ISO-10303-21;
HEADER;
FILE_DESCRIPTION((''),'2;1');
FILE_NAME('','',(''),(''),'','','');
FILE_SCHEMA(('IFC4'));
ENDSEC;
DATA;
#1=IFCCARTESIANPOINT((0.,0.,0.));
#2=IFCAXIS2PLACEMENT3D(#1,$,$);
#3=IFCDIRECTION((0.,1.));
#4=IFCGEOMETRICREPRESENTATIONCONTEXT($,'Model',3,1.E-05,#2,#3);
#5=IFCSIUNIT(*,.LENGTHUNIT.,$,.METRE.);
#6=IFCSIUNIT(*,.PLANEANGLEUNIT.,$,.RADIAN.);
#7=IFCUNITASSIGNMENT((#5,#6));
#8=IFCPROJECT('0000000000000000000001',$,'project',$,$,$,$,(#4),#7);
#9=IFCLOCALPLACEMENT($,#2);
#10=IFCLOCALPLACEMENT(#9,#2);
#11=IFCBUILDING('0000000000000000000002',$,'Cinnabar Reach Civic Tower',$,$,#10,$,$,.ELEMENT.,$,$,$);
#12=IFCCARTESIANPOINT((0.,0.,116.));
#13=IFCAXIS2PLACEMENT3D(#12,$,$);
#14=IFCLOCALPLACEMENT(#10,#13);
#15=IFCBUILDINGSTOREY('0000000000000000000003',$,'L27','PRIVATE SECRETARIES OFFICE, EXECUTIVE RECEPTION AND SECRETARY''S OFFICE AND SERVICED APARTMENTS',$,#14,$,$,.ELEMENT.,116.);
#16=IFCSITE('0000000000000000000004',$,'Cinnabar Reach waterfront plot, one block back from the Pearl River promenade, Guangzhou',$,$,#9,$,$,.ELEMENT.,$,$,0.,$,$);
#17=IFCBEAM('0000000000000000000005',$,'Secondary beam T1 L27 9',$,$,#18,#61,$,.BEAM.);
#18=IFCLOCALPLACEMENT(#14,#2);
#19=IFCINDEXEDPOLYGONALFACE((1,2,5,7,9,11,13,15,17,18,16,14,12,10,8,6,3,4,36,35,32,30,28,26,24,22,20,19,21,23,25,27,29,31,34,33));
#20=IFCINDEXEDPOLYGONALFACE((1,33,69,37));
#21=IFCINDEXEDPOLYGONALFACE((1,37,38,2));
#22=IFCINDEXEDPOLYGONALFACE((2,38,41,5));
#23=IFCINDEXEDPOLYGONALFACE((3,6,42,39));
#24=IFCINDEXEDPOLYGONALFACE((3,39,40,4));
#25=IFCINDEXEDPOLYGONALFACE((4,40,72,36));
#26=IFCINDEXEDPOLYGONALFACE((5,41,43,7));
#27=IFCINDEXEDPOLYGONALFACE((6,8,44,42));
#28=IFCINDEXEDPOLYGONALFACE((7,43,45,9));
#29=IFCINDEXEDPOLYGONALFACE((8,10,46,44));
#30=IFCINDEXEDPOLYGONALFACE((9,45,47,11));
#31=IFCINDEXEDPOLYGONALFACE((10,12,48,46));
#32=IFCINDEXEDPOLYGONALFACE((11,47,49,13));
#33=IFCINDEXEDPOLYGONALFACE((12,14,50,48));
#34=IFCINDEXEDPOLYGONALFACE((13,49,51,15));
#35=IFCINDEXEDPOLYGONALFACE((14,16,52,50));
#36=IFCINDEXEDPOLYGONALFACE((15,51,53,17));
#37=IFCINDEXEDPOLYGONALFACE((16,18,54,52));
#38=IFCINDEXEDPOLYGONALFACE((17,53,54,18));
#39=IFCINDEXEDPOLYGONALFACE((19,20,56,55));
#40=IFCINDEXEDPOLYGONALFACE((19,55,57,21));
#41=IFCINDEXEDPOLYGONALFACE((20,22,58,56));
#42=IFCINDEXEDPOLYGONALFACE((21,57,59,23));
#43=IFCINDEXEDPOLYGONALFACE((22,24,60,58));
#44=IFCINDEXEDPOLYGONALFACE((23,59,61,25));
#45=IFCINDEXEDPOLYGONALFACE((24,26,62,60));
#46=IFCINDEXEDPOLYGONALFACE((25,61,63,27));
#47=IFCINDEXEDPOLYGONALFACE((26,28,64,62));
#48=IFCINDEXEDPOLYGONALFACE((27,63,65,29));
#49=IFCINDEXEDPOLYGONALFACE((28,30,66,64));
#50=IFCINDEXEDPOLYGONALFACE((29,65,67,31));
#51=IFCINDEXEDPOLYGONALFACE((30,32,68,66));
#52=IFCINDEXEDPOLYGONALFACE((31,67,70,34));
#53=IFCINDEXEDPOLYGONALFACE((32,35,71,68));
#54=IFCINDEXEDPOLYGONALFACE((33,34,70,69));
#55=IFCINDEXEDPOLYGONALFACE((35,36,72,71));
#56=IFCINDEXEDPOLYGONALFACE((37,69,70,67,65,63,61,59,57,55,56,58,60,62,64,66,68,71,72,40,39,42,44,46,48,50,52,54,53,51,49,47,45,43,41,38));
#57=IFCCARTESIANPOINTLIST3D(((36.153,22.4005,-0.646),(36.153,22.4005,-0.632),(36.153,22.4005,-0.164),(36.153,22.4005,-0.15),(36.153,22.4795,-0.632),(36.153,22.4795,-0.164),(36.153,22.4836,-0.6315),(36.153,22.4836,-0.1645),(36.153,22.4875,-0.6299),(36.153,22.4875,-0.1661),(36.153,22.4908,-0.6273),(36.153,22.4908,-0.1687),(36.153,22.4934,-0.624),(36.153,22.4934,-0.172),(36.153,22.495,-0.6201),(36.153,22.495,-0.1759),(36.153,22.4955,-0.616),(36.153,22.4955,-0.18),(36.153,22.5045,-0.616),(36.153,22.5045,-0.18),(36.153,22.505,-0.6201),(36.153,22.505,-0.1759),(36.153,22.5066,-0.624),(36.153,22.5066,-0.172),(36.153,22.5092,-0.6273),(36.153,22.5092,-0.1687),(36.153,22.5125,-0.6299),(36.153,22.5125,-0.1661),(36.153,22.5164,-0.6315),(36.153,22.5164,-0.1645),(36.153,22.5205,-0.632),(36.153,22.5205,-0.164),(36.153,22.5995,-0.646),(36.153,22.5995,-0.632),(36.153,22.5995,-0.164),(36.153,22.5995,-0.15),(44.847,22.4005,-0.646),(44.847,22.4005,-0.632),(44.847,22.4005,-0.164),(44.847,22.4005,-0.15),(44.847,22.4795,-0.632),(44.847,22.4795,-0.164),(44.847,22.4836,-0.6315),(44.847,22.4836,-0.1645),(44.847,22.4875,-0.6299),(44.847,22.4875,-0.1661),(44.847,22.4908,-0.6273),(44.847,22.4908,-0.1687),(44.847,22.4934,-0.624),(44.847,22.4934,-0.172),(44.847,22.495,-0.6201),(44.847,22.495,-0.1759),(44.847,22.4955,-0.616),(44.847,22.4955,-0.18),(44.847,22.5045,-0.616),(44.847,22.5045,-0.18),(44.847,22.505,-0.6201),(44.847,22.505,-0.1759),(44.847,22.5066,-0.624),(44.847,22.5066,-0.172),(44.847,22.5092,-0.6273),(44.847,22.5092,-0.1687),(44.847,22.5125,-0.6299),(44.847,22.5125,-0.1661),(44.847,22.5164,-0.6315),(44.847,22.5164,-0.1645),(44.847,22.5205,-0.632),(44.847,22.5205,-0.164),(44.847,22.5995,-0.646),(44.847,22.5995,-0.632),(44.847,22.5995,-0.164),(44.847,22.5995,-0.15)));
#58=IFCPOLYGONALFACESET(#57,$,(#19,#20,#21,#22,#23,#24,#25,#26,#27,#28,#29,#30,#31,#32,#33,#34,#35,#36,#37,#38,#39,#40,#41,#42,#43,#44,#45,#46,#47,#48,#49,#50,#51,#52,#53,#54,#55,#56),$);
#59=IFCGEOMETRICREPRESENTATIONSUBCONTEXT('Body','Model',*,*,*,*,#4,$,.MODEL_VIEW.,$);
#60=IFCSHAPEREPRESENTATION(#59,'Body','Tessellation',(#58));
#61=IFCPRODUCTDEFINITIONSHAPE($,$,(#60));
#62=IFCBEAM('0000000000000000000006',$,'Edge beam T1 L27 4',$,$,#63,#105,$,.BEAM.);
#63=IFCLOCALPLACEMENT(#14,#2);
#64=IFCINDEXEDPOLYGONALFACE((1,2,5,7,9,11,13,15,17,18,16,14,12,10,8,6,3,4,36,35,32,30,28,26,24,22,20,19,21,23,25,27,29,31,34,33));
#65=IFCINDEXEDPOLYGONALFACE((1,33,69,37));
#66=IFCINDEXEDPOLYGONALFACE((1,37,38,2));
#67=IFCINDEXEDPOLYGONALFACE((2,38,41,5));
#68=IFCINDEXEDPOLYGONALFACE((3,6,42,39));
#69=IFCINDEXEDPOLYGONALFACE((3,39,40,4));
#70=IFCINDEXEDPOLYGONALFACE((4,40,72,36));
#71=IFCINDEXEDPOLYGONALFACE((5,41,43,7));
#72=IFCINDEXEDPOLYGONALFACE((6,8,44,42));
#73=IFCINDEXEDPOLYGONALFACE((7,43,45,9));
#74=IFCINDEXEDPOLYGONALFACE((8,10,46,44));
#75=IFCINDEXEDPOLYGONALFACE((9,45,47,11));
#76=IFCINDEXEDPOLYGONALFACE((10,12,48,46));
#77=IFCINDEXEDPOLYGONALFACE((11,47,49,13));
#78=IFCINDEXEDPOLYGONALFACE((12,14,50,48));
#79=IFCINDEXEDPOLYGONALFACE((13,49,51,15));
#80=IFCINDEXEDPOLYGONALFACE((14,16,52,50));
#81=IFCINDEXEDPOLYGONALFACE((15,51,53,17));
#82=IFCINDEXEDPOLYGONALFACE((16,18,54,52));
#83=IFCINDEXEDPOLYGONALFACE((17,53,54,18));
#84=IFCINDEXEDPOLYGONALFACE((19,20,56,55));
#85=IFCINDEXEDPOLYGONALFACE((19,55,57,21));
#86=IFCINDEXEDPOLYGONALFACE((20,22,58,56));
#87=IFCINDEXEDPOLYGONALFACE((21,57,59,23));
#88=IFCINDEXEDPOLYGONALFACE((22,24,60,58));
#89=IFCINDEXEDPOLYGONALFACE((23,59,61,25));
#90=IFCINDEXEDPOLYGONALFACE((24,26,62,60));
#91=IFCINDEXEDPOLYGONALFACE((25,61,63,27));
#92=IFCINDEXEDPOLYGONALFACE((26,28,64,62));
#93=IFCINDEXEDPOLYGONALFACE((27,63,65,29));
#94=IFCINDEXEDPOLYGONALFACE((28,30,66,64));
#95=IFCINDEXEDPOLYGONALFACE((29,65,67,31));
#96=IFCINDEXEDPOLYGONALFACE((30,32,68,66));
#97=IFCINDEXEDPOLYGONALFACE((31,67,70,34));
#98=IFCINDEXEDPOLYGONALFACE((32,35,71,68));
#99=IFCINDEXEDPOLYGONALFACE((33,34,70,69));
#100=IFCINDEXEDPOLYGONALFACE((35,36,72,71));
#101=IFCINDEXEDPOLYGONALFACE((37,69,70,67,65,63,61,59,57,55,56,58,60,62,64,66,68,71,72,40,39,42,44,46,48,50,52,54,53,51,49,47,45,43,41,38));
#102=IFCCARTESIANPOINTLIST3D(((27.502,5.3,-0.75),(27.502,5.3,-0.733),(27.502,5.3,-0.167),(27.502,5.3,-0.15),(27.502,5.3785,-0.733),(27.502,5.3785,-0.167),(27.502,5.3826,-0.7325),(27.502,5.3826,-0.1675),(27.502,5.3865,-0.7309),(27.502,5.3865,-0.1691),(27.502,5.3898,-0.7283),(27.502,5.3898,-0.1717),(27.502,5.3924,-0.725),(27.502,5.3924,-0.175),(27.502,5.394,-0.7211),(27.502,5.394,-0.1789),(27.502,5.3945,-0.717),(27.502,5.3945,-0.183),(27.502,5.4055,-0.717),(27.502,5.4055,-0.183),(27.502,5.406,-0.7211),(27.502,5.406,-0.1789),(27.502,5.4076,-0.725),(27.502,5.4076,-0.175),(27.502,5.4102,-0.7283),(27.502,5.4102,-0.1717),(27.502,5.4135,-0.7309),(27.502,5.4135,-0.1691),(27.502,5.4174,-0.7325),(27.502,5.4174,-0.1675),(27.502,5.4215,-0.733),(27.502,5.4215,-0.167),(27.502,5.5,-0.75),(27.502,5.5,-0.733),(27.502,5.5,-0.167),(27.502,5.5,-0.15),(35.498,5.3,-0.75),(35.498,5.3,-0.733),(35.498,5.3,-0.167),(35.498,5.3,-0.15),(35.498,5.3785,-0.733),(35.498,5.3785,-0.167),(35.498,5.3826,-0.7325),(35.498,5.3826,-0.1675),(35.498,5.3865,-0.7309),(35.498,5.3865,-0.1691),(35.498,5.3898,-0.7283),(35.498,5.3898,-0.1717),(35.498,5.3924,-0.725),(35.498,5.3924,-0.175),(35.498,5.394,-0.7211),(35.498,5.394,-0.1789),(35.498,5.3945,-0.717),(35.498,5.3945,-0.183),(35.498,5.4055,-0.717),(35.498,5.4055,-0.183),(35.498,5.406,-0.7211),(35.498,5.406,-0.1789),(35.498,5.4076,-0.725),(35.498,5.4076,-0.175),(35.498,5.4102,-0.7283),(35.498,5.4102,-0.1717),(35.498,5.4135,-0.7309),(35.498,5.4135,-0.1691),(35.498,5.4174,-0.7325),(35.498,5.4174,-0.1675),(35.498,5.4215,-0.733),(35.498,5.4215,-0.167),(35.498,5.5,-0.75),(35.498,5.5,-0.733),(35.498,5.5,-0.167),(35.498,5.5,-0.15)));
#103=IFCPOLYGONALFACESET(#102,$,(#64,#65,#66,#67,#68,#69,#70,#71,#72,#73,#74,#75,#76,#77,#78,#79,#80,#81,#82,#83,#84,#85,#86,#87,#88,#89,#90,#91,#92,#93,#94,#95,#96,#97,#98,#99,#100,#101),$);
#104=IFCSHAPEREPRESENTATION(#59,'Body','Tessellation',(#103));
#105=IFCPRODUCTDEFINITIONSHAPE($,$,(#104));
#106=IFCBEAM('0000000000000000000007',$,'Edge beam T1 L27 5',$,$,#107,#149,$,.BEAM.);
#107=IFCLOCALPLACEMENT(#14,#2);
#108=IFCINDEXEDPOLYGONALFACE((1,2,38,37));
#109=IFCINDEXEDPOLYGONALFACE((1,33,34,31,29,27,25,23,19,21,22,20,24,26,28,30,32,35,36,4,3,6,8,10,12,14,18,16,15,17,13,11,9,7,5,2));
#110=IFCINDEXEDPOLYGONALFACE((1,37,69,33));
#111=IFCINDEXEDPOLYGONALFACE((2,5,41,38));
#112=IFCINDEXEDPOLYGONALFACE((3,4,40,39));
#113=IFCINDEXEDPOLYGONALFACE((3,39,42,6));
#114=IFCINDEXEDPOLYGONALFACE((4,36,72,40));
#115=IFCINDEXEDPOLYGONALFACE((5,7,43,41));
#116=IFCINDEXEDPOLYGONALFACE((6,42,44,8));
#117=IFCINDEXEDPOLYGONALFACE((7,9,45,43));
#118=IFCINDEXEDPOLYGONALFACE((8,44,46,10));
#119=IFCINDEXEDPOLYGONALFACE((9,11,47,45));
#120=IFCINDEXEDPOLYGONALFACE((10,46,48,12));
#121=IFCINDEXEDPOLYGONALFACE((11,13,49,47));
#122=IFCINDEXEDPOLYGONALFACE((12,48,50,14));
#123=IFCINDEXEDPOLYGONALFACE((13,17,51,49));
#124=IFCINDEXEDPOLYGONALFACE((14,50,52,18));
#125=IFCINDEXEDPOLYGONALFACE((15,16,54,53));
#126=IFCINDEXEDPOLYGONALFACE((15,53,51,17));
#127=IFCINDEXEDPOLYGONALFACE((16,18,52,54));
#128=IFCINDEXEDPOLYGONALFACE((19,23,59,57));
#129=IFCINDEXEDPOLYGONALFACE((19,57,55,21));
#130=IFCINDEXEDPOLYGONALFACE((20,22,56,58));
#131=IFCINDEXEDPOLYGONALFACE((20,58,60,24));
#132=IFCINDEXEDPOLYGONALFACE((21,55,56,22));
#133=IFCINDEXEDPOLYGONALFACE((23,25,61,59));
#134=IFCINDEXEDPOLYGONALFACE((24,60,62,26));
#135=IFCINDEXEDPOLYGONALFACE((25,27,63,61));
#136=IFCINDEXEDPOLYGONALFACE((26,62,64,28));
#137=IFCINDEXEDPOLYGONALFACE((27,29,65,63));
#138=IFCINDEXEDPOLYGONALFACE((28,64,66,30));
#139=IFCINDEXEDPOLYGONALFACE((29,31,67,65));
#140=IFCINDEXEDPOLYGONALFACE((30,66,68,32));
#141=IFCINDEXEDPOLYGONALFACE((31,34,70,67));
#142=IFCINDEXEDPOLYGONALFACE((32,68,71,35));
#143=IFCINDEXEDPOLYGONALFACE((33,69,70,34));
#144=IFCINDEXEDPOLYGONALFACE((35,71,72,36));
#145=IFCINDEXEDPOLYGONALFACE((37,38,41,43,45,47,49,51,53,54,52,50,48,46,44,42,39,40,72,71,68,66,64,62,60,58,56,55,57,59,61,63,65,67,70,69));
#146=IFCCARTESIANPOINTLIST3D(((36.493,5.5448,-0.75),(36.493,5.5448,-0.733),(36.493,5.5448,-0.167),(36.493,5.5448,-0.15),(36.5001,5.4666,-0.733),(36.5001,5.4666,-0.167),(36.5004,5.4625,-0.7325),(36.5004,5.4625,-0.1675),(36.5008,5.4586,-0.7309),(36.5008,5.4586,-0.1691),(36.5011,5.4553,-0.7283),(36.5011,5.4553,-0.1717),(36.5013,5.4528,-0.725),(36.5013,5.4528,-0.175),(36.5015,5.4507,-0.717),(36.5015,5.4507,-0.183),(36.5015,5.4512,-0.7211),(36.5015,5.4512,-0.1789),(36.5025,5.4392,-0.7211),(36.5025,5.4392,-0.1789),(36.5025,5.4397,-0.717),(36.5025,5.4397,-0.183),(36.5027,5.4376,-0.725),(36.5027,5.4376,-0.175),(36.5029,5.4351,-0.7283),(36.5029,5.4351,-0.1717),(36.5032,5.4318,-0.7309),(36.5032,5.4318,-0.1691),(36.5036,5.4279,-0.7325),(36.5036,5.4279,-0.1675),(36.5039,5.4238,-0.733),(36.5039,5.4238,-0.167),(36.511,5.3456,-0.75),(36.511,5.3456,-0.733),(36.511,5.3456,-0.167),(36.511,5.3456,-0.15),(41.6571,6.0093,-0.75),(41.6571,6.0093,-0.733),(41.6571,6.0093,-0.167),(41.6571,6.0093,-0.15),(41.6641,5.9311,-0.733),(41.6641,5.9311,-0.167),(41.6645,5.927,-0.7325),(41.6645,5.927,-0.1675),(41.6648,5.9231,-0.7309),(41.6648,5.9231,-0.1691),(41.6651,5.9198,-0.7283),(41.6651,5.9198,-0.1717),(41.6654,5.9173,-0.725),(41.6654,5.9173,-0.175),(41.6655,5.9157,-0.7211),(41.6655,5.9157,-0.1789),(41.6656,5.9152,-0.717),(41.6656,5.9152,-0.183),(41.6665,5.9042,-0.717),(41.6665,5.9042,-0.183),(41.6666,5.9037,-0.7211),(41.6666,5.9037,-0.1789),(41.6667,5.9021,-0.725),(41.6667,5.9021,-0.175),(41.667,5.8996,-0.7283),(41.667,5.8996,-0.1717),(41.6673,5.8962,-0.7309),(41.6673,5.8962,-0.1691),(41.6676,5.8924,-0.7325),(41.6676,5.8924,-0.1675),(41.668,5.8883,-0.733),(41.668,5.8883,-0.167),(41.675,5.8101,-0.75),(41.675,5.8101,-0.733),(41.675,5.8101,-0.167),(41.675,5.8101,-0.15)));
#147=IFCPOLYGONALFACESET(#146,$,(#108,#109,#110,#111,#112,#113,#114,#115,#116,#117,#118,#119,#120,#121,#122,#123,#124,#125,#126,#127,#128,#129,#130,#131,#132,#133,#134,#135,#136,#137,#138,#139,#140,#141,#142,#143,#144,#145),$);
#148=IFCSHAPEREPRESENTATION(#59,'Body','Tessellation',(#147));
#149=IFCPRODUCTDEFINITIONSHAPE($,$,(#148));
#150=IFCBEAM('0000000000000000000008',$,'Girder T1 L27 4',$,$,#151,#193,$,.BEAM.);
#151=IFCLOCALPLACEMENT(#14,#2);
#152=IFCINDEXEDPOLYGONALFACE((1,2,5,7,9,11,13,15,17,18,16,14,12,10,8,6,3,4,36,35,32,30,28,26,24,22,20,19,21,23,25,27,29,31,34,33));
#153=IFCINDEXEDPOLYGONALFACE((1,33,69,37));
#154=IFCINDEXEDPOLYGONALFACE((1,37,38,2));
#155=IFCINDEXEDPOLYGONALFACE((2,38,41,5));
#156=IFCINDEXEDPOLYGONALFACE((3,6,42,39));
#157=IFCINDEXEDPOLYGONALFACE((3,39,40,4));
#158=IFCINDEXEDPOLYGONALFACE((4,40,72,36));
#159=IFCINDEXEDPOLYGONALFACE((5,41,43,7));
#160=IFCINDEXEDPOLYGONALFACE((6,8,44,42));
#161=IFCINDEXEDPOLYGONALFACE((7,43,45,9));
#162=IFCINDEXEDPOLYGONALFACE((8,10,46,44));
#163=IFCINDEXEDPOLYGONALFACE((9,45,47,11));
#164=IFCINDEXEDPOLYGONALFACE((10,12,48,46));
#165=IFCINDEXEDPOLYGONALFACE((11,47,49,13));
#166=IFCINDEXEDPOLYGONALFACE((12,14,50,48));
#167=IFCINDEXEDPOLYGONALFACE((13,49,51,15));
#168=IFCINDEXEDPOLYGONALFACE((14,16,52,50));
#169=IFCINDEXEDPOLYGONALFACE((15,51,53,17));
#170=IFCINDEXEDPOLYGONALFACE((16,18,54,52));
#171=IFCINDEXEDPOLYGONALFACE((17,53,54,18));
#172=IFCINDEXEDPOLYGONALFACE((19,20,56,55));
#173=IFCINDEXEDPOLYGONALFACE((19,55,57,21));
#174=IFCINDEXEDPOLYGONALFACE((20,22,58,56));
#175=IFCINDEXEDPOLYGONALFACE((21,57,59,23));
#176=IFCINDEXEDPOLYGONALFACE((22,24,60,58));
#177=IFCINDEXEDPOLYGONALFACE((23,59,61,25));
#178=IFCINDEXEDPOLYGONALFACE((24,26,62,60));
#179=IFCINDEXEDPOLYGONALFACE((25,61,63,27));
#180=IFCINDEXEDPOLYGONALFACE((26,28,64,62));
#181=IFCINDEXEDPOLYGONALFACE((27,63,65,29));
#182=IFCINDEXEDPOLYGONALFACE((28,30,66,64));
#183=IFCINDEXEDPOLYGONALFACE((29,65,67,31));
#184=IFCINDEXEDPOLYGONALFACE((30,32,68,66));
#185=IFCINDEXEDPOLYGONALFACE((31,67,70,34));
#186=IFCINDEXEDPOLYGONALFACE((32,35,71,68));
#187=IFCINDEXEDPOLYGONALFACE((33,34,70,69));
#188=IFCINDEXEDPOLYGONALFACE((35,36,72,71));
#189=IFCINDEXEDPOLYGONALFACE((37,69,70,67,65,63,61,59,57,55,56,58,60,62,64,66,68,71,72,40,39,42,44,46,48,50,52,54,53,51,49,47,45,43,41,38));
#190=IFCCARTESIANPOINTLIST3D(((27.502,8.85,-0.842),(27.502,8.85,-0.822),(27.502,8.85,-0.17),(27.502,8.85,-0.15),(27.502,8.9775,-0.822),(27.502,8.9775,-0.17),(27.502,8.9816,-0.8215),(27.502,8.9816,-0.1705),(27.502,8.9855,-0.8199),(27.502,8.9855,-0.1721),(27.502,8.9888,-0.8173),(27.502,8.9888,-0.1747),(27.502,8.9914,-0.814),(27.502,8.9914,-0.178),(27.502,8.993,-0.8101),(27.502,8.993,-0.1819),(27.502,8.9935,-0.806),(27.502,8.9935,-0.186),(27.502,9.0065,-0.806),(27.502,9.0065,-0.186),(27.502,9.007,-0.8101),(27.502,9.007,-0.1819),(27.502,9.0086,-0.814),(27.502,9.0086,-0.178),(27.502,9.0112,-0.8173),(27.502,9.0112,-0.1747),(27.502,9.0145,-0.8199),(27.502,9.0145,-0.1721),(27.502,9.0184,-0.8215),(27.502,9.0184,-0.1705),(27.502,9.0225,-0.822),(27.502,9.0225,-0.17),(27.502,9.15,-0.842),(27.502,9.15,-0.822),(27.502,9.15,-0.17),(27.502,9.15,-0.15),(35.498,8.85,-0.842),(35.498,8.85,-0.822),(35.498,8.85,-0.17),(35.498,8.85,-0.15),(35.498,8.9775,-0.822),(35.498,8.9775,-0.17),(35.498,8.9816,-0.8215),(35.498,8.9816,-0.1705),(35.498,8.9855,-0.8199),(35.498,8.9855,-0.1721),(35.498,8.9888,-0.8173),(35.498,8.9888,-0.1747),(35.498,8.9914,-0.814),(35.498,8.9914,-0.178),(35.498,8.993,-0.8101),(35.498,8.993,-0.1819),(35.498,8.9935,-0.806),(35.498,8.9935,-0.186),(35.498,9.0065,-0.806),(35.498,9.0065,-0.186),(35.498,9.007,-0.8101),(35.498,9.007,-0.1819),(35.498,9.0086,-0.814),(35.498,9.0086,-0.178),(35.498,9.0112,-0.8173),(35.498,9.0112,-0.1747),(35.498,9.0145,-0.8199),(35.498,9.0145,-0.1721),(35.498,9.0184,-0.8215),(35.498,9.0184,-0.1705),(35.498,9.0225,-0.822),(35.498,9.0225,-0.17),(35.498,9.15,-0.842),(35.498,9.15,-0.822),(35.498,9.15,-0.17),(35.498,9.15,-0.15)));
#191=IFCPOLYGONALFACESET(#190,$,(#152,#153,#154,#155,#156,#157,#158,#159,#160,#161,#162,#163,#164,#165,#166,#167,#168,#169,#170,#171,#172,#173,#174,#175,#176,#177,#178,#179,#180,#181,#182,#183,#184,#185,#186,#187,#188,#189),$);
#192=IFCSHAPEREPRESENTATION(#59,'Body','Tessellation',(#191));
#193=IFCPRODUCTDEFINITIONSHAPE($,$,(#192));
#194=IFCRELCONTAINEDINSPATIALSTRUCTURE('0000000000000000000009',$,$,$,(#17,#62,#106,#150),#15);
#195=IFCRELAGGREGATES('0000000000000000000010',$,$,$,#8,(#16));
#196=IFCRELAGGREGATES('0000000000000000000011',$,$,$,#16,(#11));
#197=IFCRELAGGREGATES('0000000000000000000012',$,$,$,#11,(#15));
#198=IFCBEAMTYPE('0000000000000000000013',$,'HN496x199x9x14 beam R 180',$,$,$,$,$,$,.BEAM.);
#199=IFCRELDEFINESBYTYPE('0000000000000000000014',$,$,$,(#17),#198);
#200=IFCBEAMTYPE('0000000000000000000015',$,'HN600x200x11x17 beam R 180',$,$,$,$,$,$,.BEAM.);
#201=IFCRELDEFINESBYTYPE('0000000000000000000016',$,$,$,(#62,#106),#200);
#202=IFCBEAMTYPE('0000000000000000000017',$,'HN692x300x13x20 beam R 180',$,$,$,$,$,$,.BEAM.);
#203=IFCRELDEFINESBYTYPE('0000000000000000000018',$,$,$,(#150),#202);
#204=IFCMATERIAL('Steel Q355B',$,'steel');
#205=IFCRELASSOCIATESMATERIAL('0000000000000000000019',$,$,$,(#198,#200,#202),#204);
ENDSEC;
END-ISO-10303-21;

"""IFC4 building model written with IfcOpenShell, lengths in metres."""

from ifc_helpers import new_model, si_unit, direction, frame, origin, origin_2d, place, context, subcontext, project, spatial, i_section, extrude, material, material_profile, profile_set, type_object, element, save


model = new_model("IFC4")

# Units and contexts
model_context = context("Model", 3, precision=1e-05, world=origin(), true_north=direction((0.0, 1.0)))
body_context = subcontext(model_context, "Body", "Model", "MODEL_VIEW")
ifc_project = project(units=[si_unit("LENGTHUNIT", "METRE"), si_unit("PLANEANGLEUNIT", "RADIAN")], contexts=[model_context])

# Site, building, storey
site_placement = place(None, origin())
site = spatial("IfcSite", under=ifc_project, at=site_placement, Name="Cinnabar Reach waterfront plot, one block back from the Pearl River promenade, Guangzhou", CompositionType="ELEMENT", RefElevation=0.0)
building_placement = place(site_placement, origin())
building = spatial("IfcBuilding", under=site, at=building_placement, Name="Cinnabar Reach Civic Tower", CompositionType="ELEMENT")
storey_placement = place(building_placement, frame((0.0, 0.0, 116.0)))
storey = spatial("IfcBuildingStorey", under=building, at=storey_placement, Name="L27", Description="PRIVATE SECRETARIES OFFICE, EXECUTIVE RECEPTION AND SECRETARY'S OFFICE AND SERVICED APARTMENTS", CompositionType="ELEMENT", Elevation=116.0)

# Beams
ifc_material_1 = material(Name="Steel Q355B", Category="steel")
ifc_material_profile_1 = material_profile(ifc_material_1, i_section(OverallWidth=0.199, OverallDepth=0.496, WebThickness=0.009, FlangeThickness=0.014, FilletRadius=0.016, at=origin_2d()), Name="HN496x199x9x14")
ifc_profile_set_1 = profile_set([ifc_material_profile_1], Name="Steel Q355B")
beam_type_1 = type_object("IfcBeamType", Name="HN496x199x9x14 beam R 180", PredefinedType="BEAM", material=ifc_profile_set_1)
for number, where, z_axis, x_axis, name in (
    (1, (36.153, 22.5, -0.398), (1.0, 0.0, 0.0), (0.0, 1.0, 0.0), "Secondary beam T1 L27 9"),
):
    element("IfcBeam", number, at=place(storey_placement, frame(where, z_axis=z_axis, x_axis=x_axis)), inside=storey, type_object=beam_type_1, Name=name, PredefinedType="BEAM", context=body_context, shape_type="SweptSolid", body=[
        extrude(i_section(OverallWidth=0.199, OverallDepth=0.496, WebThickness=0.009, FlangeThickness=0.014, FilletRadius=0.016, at=origin_2d()), origin(), (0.0, 0.0, 1.0), 8.694),
    ])
ifc_material_profile_2 = material_profile(ifc_material_1, i_section(OverallWidth=0.2, OverallDepth=0.6, WebThickness=0.011, FlangeThickness=0.017, FilletRadius=0.016, at=origin_2d()), Name="HN600x200x11x17")
ifc_profile_set_2 = profile_set([ifc_material_profile_2], Name="Steel Q355B")
beam_type_2 = type_object("IfcBeamType", Name="HN600x200x11x17 beam R 180", PredefinedType="BEAM", material=ifc_profile_set_2)
beam_1_placement = place(storey_placement, frame((27.502, 5.4, -0.45), z_axis=(1.0, 0.0, 0.0), x_axis=(0.0, 1.0, 0.0)))
element("IfcBeam", 2, at=beam_1_placement, inside=storey, type_object=beam_type_2, Name="Edge beam T1 L27 4", PredefinedType="BEAM", context=body_context, shape_type="SweptSolid", body=[
    extrude(i_section(OverallWidth=0.2, OverallDepth=0.6, WebThickness=0.011, FlangeThickness=0.017, FilletRadius=0.016, at=origin_2d()), origin(), (0.0, 0.0, 1.0), 7.996),
])
beam_2_placement = place(storey_placement, frame((36.502, 5.4452, -0.45), z_axis=(0.995979, 0.089586, 0.0), x_axis=(-0.089586, 0.995979, 0.0)))
element("IfcBeam", 3, at=beam_2_placement, inside=storey, type_object=beam_type_2, Name="Edge beam T1 L27 5", PredefinedType="BEAM", context=body_context, shape_type="SweptSolid", body=[
    extrude(i_section(OverallWidth=0.2, OverallDepth=0.6, WebThickness=0.011, FlangeThickness=0.017, FilletRadius=0.016, at=origin_2d()), origin(), (0.0, 0.0, 1.0), 5.1849),
])
ifc_material_profile_3 = material_profile(ifc_material_1, i_section(OverallWidth=0.3, OverallDepth=0.692, WebThickness=0.013, FlangeThickness=0.02, FilletRadius=0.016, at=origin_2d()), Name="HN692x300x13x20")
ifc_profile_set_3 = profile_set([ifc_material_profile_3], Name="Steel Q355B")
beam_type_3 = type_object("IfcBeamType", Name="HN692x300x13x20 beam R 180", PredefinedType="BEAM", material=ifc_profile_set_3)
for number, where, z_axis, x_axis, name in (
    (4, (27.502, 9.0, -0.496), (1.0, 0.0, 0.0), (0.0, 1.0, 0.0), "Girder T1 L27 4"),
):
    element("IfcBeam", number, at=place(storey_placement, frame(where, z_axis=z_axis, x_axis=x_axis)), inside=storey, type_object=beam_type_3, Name=name, PredefinedType="BEAM", context=body_context, shape_type="SweptSolid", body=[
        extrude(i_section(OverallWidth=0.3, OverallDepth=0.692, WebThickness=0.013, FlangeThickness=0.02, FilletRadius=0.016, at=origin_2d()), origin(), (0.0, 0.0, 1.0), 7.996),
    ])

save(model, "model.ifc")
